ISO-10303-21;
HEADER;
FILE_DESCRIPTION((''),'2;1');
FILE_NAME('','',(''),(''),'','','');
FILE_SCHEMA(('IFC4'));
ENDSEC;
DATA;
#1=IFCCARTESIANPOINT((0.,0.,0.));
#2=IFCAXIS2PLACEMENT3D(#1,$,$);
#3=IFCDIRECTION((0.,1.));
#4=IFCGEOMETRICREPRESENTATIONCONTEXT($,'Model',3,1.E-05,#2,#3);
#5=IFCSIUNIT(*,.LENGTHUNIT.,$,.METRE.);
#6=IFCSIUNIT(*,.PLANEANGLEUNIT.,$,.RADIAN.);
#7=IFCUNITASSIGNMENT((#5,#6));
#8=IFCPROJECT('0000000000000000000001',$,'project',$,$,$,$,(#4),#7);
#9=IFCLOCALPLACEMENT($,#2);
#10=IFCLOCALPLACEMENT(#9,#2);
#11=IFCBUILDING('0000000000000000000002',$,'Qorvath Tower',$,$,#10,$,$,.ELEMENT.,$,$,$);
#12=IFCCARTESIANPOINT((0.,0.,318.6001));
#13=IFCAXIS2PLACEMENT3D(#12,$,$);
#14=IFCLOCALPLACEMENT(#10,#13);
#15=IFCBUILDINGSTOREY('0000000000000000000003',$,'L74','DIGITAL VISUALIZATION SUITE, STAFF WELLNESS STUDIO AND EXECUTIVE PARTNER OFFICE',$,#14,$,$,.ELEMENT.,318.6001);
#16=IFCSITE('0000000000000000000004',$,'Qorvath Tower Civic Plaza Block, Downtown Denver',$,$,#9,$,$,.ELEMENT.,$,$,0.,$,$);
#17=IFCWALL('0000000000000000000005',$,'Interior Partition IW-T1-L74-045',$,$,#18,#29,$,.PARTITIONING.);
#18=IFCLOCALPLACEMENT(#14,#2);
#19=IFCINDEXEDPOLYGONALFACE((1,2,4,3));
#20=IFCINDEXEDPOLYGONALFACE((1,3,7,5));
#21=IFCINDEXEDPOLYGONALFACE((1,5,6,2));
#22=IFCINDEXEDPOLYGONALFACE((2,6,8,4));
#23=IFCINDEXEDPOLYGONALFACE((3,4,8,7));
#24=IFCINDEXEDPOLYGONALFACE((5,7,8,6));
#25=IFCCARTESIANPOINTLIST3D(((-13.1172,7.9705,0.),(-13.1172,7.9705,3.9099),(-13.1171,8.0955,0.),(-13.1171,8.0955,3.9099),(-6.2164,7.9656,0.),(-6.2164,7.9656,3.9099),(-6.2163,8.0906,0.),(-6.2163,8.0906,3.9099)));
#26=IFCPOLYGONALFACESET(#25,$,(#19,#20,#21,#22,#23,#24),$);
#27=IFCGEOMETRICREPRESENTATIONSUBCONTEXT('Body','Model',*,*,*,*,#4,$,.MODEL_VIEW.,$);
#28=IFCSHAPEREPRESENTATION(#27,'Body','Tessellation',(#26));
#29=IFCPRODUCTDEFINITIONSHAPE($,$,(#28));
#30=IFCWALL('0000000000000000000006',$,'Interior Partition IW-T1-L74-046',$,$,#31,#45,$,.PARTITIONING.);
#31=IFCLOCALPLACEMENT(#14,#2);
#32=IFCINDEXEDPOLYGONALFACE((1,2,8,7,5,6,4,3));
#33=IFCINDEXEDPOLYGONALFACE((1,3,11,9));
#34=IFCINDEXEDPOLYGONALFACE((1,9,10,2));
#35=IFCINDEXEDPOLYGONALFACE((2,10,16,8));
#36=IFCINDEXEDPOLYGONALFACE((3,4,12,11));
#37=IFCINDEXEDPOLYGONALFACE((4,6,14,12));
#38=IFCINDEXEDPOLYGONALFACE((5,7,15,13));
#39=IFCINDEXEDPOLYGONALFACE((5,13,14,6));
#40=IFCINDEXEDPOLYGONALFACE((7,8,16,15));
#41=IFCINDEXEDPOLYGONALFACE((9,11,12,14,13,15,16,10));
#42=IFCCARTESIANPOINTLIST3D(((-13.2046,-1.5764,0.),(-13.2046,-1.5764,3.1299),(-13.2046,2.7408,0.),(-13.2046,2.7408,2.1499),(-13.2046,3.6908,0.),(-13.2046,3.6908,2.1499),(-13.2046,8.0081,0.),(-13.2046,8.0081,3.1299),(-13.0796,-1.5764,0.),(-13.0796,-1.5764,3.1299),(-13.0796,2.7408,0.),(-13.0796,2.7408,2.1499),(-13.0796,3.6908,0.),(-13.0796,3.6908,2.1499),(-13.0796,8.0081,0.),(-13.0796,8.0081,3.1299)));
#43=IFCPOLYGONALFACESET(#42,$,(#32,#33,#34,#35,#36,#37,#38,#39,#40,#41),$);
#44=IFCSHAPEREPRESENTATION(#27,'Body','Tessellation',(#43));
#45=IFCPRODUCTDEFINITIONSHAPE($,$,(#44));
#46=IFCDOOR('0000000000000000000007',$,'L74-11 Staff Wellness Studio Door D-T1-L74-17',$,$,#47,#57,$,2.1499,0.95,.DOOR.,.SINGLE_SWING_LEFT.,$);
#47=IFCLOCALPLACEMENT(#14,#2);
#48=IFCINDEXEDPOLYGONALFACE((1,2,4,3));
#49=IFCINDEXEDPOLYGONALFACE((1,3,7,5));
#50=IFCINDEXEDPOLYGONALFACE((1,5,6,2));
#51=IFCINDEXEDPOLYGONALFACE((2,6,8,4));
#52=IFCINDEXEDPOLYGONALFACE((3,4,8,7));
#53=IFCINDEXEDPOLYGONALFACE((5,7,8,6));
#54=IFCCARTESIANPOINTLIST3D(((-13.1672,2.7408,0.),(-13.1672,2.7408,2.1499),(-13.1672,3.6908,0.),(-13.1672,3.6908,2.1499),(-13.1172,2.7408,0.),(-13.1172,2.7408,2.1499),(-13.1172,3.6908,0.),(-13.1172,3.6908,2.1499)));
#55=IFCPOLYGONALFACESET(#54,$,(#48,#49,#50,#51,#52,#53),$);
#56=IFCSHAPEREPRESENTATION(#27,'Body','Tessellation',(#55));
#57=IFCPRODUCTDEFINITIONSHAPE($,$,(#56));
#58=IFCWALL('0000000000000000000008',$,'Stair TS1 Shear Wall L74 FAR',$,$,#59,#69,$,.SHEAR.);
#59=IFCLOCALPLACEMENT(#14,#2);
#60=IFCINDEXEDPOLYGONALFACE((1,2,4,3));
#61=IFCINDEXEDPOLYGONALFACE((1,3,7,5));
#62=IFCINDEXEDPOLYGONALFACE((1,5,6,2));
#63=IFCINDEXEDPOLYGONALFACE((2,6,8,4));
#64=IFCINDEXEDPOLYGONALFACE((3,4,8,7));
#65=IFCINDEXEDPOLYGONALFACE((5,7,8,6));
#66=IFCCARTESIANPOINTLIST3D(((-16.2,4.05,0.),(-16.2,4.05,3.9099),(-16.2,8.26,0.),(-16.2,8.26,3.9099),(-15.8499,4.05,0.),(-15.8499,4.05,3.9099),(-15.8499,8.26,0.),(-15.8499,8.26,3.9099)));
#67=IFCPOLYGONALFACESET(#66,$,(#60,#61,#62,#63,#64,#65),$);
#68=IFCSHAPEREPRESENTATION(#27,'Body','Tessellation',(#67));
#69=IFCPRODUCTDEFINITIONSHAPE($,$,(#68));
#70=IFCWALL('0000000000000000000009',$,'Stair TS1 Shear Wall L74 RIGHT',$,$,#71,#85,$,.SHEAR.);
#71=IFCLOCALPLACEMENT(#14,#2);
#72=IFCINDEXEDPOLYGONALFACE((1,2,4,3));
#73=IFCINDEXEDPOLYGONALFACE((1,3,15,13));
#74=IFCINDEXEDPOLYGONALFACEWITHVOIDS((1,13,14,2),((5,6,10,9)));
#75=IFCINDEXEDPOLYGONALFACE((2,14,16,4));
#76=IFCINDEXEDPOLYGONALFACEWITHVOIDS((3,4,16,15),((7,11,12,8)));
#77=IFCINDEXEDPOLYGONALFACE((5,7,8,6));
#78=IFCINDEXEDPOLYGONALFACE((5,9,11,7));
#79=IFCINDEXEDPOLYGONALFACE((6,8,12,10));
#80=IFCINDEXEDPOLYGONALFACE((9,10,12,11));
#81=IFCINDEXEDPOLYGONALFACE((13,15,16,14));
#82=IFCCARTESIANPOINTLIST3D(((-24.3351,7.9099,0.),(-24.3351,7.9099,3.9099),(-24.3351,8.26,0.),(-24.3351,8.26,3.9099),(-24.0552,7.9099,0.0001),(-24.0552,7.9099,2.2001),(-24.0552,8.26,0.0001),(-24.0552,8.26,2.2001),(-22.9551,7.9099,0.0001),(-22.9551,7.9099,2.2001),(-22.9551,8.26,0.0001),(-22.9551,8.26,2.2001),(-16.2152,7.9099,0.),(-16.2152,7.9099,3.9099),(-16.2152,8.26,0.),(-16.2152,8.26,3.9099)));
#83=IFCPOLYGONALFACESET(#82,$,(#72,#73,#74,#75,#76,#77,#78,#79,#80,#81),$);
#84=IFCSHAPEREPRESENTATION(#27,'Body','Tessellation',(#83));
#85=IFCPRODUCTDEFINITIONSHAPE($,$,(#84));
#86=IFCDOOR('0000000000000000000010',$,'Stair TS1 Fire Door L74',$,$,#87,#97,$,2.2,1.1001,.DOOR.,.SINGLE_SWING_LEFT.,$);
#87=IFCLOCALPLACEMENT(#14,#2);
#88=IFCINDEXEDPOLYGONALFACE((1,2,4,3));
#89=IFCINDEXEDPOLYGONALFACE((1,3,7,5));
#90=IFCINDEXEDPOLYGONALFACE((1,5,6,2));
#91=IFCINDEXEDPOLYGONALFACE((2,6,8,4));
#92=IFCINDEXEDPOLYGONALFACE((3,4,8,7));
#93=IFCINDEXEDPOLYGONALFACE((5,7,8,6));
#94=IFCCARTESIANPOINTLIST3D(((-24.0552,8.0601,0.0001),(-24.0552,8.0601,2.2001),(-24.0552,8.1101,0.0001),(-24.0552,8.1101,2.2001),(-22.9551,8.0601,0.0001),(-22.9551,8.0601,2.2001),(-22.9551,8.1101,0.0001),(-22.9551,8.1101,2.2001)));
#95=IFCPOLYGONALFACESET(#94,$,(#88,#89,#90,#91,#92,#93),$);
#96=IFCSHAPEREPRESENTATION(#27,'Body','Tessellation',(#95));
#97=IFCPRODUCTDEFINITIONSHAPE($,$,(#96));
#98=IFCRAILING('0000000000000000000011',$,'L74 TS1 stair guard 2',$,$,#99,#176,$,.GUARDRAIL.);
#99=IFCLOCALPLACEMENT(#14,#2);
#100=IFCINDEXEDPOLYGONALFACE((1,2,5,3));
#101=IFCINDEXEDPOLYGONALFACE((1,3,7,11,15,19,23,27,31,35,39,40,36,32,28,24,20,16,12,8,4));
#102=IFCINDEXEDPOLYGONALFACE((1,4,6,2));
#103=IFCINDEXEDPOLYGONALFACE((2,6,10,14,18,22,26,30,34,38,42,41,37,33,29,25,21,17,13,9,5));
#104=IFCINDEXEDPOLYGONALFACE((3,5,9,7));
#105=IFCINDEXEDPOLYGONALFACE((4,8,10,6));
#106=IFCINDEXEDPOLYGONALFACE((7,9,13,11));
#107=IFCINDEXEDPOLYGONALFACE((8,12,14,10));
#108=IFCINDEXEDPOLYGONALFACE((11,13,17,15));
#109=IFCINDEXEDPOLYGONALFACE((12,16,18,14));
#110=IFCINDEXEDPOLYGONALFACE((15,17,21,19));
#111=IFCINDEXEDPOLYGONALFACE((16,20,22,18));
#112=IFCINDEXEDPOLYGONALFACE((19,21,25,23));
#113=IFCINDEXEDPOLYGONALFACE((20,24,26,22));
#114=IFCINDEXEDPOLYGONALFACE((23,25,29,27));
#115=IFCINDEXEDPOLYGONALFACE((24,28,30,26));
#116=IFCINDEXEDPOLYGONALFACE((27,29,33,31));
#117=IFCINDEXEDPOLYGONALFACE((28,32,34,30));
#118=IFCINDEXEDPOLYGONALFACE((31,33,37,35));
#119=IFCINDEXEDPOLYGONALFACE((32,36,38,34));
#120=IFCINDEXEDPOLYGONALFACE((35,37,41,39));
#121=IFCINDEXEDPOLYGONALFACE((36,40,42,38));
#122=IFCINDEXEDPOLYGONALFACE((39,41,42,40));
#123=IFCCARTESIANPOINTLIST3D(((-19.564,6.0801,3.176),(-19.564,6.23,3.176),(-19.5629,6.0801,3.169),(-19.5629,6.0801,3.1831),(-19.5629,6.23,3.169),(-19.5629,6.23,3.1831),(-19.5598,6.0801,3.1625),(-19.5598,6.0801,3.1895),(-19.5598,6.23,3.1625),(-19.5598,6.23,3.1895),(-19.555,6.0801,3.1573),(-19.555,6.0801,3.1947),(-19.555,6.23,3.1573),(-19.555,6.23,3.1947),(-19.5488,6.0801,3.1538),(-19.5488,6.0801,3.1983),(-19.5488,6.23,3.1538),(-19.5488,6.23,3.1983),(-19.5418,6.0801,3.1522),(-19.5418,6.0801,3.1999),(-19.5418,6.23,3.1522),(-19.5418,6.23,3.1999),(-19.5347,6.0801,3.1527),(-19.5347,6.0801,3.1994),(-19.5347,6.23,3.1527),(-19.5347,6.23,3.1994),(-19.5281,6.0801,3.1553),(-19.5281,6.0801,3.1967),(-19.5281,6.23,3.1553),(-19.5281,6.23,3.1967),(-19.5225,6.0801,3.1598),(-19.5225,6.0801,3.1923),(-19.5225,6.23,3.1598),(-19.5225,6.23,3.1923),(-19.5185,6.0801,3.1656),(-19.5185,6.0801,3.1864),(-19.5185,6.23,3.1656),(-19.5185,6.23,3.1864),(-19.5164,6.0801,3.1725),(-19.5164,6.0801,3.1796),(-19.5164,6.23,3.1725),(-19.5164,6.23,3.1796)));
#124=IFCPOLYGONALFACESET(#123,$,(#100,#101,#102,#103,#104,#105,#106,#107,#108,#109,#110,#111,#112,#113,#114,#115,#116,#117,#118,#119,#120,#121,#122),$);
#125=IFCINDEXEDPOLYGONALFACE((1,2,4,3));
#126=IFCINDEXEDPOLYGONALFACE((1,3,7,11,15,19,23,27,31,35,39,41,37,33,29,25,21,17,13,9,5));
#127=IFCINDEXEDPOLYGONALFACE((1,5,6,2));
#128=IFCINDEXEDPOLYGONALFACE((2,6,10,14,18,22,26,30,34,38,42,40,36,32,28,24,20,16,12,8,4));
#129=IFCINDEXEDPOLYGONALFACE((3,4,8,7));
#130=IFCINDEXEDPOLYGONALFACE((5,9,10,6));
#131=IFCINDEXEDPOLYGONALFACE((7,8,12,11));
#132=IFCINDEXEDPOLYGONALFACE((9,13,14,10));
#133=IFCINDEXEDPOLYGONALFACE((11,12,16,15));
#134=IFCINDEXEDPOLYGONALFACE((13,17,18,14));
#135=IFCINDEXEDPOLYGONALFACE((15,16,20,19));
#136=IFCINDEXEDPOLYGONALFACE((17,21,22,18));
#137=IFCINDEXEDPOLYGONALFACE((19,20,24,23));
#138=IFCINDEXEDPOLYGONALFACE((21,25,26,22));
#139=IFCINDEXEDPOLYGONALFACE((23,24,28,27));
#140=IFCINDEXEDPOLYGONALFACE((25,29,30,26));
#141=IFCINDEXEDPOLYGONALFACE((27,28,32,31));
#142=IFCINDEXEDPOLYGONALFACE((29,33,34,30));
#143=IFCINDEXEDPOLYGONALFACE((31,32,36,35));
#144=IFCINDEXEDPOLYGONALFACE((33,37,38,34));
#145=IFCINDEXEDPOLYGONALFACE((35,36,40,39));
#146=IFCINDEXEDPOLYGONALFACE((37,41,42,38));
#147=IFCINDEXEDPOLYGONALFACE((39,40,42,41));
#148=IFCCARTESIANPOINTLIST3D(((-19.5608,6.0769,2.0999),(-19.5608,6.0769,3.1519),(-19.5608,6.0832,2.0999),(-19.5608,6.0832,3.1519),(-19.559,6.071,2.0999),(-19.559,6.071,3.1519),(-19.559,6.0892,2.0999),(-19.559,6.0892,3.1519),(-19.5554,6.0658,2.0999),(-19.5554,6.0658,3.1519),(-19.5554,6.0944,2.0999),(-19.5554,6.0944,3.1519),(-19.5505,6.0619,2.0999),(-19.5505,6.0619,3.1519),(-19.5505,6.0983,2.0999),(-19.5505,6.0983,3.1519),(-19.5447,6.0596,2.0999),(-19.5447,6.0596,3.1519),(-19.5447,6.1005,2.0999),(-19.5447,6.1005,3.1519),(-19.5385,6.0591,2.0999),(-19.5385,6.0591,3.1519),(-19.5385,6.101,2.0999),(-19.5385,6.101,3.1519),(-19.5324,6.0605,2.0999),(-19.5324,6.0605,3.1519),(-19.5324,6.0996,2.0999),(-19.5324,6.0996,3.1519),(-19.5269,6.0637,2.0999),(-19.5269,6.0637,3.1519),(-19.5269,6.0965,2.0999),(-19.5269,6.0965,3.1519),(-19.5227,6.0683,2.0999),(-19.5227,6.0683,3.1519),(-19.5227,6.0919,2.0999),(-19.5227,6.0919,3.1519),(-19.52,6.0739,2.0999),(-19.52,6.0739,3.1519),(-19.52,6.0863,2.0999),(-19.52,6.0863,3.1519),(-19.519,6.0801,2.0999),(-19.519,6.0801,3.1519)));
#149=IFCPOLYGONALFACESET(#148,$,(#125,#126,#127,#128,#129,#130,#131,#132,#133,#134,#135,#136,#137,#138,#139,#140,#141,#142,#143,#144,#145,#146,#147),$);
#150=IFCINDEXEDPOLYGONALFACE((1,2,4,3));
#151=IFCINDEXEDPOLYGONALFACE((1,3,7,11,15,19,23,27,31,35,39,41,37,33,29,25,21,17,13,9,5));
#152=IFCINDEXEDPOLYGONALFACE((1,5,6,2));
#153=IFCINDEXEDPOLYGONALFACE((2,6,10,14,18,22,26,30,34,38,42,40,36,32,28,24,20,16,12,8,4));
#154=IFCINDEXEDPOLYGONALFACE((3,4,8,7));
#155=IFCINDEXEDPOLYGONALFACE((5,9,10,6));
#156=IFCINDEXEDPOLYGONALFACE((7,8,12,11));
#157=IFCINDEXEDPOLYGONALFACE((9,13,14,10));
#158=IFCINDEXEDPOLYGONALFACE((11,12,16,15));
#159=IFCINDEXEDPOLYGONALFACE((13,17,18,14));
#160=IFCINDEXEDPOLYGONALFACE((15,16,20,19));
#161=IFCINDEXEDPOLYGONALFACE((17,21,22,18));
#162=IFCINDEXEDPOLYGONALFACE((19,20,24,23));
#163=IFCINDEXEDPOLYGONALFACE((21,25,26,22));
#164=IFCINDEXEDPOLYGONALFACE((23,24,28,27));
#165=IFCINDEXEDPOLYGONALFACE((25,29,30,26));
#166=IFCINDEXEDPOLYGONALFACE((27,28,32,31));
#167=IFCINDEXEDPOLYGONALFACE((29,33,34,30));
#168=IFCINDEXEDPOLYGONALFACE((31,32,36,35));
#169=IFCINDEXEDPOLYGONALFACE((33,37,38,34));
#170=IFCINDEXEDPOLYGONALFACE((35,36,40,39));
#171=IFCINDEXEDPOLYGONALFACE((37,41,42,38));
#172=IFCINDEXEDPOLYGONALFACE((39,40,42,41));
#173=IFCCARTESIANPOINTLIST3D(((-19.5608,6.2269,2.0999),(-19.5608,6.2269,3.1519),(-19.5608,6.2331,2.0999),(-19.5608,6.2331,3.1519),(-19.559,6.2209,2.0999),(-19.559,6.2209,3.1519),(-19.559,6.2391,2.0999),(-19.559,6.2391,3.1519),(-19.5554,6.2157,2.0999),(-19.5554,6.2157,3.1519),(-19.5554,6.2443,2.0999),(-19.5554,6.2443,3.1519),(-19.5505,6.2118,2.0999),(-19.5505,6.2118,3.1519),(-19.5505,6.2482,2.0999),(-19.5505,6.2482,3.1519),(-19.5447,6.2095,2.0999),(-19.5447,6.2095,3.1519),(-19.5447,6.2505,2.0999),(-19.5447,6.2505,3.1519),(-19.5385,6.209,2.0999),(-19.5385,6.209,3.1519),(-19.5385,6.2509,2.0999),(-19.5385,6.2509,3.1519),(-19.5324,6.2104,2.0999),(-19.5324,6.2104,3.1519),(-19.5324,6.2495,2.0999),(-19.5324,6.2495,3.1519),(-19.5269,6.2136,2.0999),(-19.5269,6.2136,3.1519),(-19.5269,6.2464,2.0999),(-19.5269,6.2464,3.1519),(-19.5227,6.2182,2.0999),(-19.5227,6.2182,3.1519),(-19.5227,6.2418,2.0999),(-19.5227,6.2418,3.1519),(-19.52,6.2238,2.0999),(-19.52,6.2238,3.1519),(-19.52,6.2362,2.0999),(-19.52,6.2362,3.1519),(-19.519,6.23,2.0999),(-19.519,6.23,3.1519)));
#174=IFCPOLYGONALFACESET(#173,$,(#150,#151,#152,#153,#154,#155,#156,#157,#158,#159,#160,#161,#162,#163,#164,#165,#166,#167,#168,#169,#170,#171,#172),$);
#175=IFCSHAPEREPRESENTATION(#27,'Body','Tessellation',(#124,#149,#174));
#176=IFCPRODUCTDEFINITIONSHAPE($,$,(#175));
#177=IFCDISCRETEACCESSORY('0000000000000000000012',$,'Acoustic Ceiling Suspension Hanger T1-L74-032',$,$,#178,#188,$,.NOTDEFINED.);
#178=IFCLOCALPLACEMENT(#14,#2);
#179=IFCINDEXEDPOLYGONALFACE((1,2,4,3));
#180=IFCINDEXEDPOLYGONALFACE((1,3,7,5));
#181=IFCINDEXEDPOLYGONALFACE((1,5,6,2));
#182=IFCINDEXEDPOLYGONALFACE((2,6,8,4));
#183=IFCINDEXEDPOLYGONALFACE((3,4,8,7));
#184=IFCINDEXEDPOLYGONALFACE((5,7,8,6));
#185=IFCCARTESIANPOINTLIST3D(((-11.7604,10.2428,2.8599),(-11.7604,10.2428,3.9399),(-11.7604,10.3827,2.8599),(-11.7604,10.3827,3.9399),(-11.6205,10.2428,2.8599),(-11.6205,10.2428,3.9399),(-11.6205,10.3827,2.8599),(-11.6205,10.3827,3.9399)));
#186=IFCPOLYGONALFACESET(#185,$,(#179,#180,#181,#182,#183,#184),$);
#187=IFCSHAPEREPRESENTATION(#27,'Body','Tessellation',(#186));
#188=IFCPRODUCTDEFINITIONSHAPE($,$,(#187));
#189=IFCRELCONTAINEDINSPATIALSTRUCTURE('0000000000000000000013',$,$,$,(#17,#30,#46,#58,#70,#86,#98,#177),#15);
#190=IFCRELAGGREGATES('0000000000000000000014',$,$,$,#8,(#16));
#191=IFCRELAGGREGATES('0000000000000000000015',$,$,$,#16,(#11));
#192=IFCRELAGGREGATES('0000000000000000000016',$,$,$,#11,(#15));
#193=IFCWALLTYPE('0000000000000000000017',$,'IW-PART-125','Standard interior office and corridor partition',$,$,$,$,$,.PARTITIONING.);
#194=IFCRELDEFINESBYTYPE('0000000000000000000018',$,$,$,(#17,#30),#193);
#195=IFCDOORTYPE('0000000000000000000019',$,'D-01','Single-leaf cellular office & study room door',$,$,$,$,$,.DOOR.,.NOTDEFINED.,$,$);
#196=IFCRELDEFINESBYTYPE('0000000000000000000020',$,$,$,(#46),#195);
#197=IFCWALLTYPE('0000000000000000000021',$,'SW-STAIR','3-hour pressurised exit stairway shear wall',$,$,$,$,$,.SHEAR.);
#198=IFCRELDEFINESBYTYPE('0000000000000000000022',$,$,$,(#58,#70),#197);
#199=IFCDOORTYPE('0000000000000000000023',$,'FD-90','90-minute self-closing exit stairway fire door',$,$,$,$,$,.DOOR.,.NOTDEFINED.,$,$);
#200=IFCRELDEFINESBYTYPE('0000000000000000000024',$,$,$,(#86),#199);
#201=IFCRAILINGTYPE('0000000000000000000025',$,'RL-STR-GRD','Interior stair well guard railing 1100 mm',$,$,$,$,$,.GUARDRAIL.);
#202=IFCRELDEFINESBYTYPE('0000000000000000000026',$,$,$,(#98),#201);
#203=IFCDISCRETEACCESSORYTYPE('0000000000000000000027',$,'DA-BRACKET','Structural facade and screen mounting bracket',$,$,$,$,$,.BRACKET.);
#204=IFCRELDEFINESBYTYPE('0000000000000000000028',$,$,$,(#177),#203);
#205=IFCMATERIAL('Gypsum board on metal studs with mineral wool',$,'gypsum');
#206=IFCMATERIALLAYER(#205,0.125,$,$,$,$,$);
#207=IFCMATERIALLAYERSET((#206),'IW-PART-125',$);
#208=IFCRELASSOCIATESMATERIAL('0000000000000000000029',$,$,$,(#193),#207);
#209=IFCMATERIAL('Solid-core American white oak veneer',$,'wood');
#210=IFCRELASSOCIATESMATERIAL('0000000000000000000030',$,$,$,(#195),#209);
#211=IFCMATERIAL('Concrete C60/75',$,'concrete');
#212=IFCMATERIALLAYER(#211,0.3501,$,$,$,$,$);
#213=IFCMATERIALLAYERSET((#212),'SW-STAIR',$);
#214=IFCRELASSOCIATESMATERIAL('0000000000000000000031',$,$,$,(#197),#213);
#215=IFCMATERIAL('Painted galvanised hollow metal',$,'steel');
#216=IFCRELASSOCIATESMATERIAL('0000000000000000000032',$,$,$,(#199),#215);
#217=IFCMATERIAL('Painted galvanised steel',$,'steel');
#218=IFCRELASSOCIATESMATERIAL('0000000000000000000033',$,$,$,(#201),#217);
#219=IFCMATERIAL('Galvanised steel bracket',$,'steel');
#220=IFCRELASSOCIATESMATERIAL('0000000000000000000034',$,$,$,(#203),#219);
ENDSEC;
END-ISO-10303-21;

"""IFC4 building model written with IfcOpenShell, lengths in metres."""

from ifc_helpers import new_model, si_unit, direction, frame, frame_2d, origin, origin_2d, place, context, subcontext, project, spatial, rectangle, circle, extrude, material, layer, layer_set, type_object, element, fill, save


model = new_model("IFC4")

# Units and contexts
model_context = context("Model", 3, precision=1e-05, world=origin(), true_north=direction((0.0, 1.0)))
body_context = subcontext(model_context, "Body", "Model", "MODEL_VIEW")
ifc_project = project(units=[si_unit("LENGTHUNIT", "METRE"), si_unit("PLANEANGLEUNIT", "RADIAN")], contexts=[model_context])

# Site, building, storey
site_placement = place(None, origin())
site = spatial("IfcSite", under=ifc_project, at=site_placement, Name="Qorvath Tower Civic Plaza Block, Downtown Denver", CompositionType="ELEMENT", RefElevation=0.0)
building_placement = place(site_placement, origin())
building = spatial("IfcBuilding", under=site, at=building_placement, Name="Qorvath Tower", CompositionType="ELEMENT")
storey_placement = place(building_placement, frame((0.0, 0.0, 318.6001)))
storey = spatial("IfcBuildingStorey", under=building, at=storey_placement, Name="L74", Description="DIGITAL VISUALIZATION SUITE, STAFF WELLNESS STUDIO AND EXECUTIVE PARTNER OFFICE", CompositionType="ELEMENT", Elevation=318.6001)

# Wall
ifc_material_1 = material(Name="Gypsum board on metal studs with mineral wool", Category="gypsum")
ifc_layer_1 = layer(ifc_material_1, 0.125)
ifc_layer_set_1 = layer_set([ifc_layer_1], Name="IW-PART-125")
wall_type_1 = type_object("IfcWallType", Name="IW-PART-125", Description="Standard interior office and corridor partition", PredefinedType="PARTITIONING", material=ifc_layer_set_1)
wall_1_placement = place(storey_placement, frame((-6.2163, 8.0281, 0.0), z_axis=(0.0, 0.0, 1.0), x_axis=(-1.0, 0.000708, 0.0)))
element("IfcWall", 1, at=wall_1_placement, inside=storey, type_object=wall_type_1, Name="Interior Partition IW-T1-L74-045", PredefinedType="PARTITIONING", context=body_context, shape_type="SweptSolid", body=[
    extrude(rectangle(XDim=6.9009, YDim=0.125, at=frame_2d((3.4504, 0.0))), origin(), (0.0, 0.0, 1.0), 3.9099),
])

# Wall, opening, door
wall_2_placement = place(storey_placement, frame((-13.1421, 8.0081, 0.0), z_axis=(0.0, 0.0, 1.0), x_axis=(0.0, -1.0, 0.0)))
wall_2 = element("IfcWall", 2, at=wall_2_placement, inside=storey, type_object=wall_type_1, Name="Interior Partition IW-T1-L74-046", PredefinedType="PARTITIONING", context=body_context, shape_type="SweptSolid", body=[
    extrude(rectangle(XDim=9.5845, YDim=0.125, at=frame_2d((4.7922, 0.0))), origin(), (0.0, 0.0, 1.0), 3.1299),
])
opening_1_placement = place(wall_2_placement, frame((4.3171, 0.0, 0.0)))
opening_1 = element("IfcOpeningElement", 3, at=opening_1_placement, cuts=wall_2, PredefinedType="OPENING", context=body_context, shape_type="SweptSolid", body=[
    extrude(rectangle(XDim=0.95, YDim=2.1499, at=frame_2d((0.4751, 1.075))), frame((0.0, 0.0725, 0.0), z_axis=(0.0, -1.0, 0.0), x_axis=(1.0, 0.0, 0.0)), (0.0, 0.0, 1.0), 0.145),
])
ifc_material_2 = material(Name="Solid-core American white oak veneer", Category="wood")
door_type_1 = type_object("IfcDoorType", Name="D-01", Description="Single-leaf cellular office & study room door", OperationType="NOTDEFINED", PredefinedType="DOOR", material=ifc_material_2)
door_1_placement = place(opening_1_placement, origin())
door_1 = element("IfcDoor", 4, at=door_1_placement, inside=storey, type_object=door_type_1, Name="L74-11 Staff Wellness Studio Door D-T1-L74-17", OperationType="SINGLE_SWING_LEFT", OverallHeight=2.1499, OverallWidth=0.95, PredefinedType="DOOR", context=body_context, shape_type="SweptSolid", body=[
    extrude(rectangle(XDim=0.95, YDim=2.1499, at=frame_2d((0.4751, 1.075))), frame((0.0, 0.0249, 0.0), z_axis=(0.0, -1.0, 0.0), x_axis=(1.0, 0.0, 0.0)), (0.0, 0.0, 1.0), 0.05),
])
fill(opening_1, door_1)

# Wall
ifc_material_3 = material(Name="Concrete C60/75", Category="concrete")
ifc_layer_2 = layer(ifc_material_3, 0.3501)
ifc_layer_set_2 = layer_set([ifc_layer_2], Name="SW-STAIR")
wall_type_2 = type_object("IfcWallType", Name="SW-STAIR", Description="3-hour pressurised exit stairway shear wall", PredefinedType="SHEAR", material=ifc_layer_set_2)
wall_3_placement = place(storey_placement, frame((-16.0249, 4.05, 0.0), z_axis=(0.0, 0.0, 1.0), x_axis=(0.0, 1.0, 0.0)))
element("IfcWall", 5, at=wall_3_placement, inside=storey, type_object=wall_type_2, Name="Stair TS1 Shear Wall L74 FAR", PredefinedType="SHEAR", context=body_context, shape_type="SweptSolid", body=[
    extrude(rectangle(XDim=4.21, YDim=0.3501, at=frame_2d((2.105, 0.0))), origin(), (0.0, 0.0, 1.0), 3.9099),
])

# Wall, opening, door
wall_4_placement = place(storey_placement, frame((-16.2151, 8.085, 0.0), z_axis=(0.0, 0.0, 1.0), x_axis=(-1.0, 0.0, 0.0)))
wall_4 = element("IfcWall", 6, at=wall_4_placement, inside=storey, type_object=wall_type_2, Name="Stair TS1 Shear Wall L74 RIGHT", PredefinedType="SHEAR", context=body_context, shape_type="SweptSolid", body=[
    extrude(rectangle(XDim=8.1199, YDim=0.3501, at=frame_2d((4.0601, 0.0))), origin(), (0.0, 0.0, 1.0), 3.9099),
])
opening_2_placement = place(wall_4_placement, frame((6.74, 0.0, 0.0)))
opening_2 = element("IfcOpeningElement", 7, at=opening_2_placement, cuts=wall_4, PredefinedType="OPENING", context=body_context, shape_type="SweptSolid", body=[
    extrude(rectangle(XDim=1.1001, YDim=2.2, at=frame_2d((0.55, 1.1001))), frame((0.0, 0.1851, 0.0), z_axis=(0.0, -1.0, 0.0), x_axis=(1.0, 0.0, 0.0)), (0.0, 0.0, 1.0), 0.3701),
])
ifc_material_4 = material(Name="Painted galvanised hollow metal", Category="steel")
door_type_2 = type_object("IfcDoorType", Name="FD-90", Description="90-minute self-closing exit stairway fire door", OperationType="NOTDEFINED", PredefinedType="DOOR", material=ifc_material_4)
door_2_placement = place(opening_2_placement, origin())
door_2 = element("IfcDoor", 8, at=door_2_placement, inside=storey, type_object=door_type_2, Name="Stair TS1 Fire Door L74", OperationType="SINGLE_SWING_LEFT", OverallHeight=2.2, OverallWidth=1.1001, PredefinedType="DOOR", context=body_context, shape_type="SweptSolid", body=[
    extrude(rectangle(XDim=1.1001, YDim=2.2, at=frame_2d((0.55, 1.1001))), frame((0.0, 0.0249, 0.0), z_axis=(0.0, -1.0, 0.0), x_axis=(1.0, 0.0, 0.0)), (0.0, 0.0, 1.0), 0.05),
])
fill(opening_2, door_2)

# Railing
ifc_material_5 = material(Name="Painted galvanised steel", Category="steel")
railing_type = type_object("IfcRailingType", Name="RL-STR-GRD", Description="Interior stair well guard railing 1100 mm", PredefinedType="GUARDRAIL", material=ifc_material_5)
railing_placement = place(storey_placement, frame((-19.54, 6.0801, 2.0999)))
element("IfcRailing", 9, at=railing_placement, inside=storey, type_object=railing_type, Name="L74 TS1 stair guard 2", PredefinedType="GUARDRAIL", context=body_context, shape_type="SweptSolid", body=[
    extrude(circle(Radius=0.0239, at=origin_2d()), frame((0.0, 0.0, 1.0762), z_axis=(0.0, 1.0, 0.0), x_axis=(-1.0, 0.0, 0.0)), (0.0, 0.0, 1.0), 0.1499),
    extrude(circle(Radius=0.021, at=origin_2d()), origin(), (0.0, 0.0, 1.0), 1.052),
    extrude(circle(Radius=0.021, at=origin_2d()), frame((0.0, 0.1499, 0.0)), (0.0, 0.0, 1.0), 1.052),
])

# Discrete accessory
ifc_material_6 = material(Name="Galvanised steel bracket", Category="steel")
discrete_accessory_type = type_object("IfcDiscreteAccessoryType", Name="DA-BRACKET", Description="Structural facade and screen mounting bracket", PredefinedType="BRACKET", material=ifc_material_6)
for number, where, z_axis, x_axis, name in (
    (10, (-11.6904, 10.3127, 2.8599), (0.0, 0.0, 1.0), (1.0, 0.0, 0.0), "Acoustic Ceiling Suspension Hanger T1-L74-032"),
):
    element("IfcDiscreteAccessory", number, at=place(storey_placement, frame(where, z_axis=z_axis, x_axis=x_axis)), inside=storey, type_object=discrete_accessory_type, Name=name, PredefinedType="NOTDEFINED", context=body_context, shape_type="SweptSolid", body=[
        extrude(rectangle(XDim=0.1399, YDim=0.1399, at=origin_2d()), origin(), (0.0, 0.0, 1.0), 1.0801),
    ])

save(model, "model.ifc")
